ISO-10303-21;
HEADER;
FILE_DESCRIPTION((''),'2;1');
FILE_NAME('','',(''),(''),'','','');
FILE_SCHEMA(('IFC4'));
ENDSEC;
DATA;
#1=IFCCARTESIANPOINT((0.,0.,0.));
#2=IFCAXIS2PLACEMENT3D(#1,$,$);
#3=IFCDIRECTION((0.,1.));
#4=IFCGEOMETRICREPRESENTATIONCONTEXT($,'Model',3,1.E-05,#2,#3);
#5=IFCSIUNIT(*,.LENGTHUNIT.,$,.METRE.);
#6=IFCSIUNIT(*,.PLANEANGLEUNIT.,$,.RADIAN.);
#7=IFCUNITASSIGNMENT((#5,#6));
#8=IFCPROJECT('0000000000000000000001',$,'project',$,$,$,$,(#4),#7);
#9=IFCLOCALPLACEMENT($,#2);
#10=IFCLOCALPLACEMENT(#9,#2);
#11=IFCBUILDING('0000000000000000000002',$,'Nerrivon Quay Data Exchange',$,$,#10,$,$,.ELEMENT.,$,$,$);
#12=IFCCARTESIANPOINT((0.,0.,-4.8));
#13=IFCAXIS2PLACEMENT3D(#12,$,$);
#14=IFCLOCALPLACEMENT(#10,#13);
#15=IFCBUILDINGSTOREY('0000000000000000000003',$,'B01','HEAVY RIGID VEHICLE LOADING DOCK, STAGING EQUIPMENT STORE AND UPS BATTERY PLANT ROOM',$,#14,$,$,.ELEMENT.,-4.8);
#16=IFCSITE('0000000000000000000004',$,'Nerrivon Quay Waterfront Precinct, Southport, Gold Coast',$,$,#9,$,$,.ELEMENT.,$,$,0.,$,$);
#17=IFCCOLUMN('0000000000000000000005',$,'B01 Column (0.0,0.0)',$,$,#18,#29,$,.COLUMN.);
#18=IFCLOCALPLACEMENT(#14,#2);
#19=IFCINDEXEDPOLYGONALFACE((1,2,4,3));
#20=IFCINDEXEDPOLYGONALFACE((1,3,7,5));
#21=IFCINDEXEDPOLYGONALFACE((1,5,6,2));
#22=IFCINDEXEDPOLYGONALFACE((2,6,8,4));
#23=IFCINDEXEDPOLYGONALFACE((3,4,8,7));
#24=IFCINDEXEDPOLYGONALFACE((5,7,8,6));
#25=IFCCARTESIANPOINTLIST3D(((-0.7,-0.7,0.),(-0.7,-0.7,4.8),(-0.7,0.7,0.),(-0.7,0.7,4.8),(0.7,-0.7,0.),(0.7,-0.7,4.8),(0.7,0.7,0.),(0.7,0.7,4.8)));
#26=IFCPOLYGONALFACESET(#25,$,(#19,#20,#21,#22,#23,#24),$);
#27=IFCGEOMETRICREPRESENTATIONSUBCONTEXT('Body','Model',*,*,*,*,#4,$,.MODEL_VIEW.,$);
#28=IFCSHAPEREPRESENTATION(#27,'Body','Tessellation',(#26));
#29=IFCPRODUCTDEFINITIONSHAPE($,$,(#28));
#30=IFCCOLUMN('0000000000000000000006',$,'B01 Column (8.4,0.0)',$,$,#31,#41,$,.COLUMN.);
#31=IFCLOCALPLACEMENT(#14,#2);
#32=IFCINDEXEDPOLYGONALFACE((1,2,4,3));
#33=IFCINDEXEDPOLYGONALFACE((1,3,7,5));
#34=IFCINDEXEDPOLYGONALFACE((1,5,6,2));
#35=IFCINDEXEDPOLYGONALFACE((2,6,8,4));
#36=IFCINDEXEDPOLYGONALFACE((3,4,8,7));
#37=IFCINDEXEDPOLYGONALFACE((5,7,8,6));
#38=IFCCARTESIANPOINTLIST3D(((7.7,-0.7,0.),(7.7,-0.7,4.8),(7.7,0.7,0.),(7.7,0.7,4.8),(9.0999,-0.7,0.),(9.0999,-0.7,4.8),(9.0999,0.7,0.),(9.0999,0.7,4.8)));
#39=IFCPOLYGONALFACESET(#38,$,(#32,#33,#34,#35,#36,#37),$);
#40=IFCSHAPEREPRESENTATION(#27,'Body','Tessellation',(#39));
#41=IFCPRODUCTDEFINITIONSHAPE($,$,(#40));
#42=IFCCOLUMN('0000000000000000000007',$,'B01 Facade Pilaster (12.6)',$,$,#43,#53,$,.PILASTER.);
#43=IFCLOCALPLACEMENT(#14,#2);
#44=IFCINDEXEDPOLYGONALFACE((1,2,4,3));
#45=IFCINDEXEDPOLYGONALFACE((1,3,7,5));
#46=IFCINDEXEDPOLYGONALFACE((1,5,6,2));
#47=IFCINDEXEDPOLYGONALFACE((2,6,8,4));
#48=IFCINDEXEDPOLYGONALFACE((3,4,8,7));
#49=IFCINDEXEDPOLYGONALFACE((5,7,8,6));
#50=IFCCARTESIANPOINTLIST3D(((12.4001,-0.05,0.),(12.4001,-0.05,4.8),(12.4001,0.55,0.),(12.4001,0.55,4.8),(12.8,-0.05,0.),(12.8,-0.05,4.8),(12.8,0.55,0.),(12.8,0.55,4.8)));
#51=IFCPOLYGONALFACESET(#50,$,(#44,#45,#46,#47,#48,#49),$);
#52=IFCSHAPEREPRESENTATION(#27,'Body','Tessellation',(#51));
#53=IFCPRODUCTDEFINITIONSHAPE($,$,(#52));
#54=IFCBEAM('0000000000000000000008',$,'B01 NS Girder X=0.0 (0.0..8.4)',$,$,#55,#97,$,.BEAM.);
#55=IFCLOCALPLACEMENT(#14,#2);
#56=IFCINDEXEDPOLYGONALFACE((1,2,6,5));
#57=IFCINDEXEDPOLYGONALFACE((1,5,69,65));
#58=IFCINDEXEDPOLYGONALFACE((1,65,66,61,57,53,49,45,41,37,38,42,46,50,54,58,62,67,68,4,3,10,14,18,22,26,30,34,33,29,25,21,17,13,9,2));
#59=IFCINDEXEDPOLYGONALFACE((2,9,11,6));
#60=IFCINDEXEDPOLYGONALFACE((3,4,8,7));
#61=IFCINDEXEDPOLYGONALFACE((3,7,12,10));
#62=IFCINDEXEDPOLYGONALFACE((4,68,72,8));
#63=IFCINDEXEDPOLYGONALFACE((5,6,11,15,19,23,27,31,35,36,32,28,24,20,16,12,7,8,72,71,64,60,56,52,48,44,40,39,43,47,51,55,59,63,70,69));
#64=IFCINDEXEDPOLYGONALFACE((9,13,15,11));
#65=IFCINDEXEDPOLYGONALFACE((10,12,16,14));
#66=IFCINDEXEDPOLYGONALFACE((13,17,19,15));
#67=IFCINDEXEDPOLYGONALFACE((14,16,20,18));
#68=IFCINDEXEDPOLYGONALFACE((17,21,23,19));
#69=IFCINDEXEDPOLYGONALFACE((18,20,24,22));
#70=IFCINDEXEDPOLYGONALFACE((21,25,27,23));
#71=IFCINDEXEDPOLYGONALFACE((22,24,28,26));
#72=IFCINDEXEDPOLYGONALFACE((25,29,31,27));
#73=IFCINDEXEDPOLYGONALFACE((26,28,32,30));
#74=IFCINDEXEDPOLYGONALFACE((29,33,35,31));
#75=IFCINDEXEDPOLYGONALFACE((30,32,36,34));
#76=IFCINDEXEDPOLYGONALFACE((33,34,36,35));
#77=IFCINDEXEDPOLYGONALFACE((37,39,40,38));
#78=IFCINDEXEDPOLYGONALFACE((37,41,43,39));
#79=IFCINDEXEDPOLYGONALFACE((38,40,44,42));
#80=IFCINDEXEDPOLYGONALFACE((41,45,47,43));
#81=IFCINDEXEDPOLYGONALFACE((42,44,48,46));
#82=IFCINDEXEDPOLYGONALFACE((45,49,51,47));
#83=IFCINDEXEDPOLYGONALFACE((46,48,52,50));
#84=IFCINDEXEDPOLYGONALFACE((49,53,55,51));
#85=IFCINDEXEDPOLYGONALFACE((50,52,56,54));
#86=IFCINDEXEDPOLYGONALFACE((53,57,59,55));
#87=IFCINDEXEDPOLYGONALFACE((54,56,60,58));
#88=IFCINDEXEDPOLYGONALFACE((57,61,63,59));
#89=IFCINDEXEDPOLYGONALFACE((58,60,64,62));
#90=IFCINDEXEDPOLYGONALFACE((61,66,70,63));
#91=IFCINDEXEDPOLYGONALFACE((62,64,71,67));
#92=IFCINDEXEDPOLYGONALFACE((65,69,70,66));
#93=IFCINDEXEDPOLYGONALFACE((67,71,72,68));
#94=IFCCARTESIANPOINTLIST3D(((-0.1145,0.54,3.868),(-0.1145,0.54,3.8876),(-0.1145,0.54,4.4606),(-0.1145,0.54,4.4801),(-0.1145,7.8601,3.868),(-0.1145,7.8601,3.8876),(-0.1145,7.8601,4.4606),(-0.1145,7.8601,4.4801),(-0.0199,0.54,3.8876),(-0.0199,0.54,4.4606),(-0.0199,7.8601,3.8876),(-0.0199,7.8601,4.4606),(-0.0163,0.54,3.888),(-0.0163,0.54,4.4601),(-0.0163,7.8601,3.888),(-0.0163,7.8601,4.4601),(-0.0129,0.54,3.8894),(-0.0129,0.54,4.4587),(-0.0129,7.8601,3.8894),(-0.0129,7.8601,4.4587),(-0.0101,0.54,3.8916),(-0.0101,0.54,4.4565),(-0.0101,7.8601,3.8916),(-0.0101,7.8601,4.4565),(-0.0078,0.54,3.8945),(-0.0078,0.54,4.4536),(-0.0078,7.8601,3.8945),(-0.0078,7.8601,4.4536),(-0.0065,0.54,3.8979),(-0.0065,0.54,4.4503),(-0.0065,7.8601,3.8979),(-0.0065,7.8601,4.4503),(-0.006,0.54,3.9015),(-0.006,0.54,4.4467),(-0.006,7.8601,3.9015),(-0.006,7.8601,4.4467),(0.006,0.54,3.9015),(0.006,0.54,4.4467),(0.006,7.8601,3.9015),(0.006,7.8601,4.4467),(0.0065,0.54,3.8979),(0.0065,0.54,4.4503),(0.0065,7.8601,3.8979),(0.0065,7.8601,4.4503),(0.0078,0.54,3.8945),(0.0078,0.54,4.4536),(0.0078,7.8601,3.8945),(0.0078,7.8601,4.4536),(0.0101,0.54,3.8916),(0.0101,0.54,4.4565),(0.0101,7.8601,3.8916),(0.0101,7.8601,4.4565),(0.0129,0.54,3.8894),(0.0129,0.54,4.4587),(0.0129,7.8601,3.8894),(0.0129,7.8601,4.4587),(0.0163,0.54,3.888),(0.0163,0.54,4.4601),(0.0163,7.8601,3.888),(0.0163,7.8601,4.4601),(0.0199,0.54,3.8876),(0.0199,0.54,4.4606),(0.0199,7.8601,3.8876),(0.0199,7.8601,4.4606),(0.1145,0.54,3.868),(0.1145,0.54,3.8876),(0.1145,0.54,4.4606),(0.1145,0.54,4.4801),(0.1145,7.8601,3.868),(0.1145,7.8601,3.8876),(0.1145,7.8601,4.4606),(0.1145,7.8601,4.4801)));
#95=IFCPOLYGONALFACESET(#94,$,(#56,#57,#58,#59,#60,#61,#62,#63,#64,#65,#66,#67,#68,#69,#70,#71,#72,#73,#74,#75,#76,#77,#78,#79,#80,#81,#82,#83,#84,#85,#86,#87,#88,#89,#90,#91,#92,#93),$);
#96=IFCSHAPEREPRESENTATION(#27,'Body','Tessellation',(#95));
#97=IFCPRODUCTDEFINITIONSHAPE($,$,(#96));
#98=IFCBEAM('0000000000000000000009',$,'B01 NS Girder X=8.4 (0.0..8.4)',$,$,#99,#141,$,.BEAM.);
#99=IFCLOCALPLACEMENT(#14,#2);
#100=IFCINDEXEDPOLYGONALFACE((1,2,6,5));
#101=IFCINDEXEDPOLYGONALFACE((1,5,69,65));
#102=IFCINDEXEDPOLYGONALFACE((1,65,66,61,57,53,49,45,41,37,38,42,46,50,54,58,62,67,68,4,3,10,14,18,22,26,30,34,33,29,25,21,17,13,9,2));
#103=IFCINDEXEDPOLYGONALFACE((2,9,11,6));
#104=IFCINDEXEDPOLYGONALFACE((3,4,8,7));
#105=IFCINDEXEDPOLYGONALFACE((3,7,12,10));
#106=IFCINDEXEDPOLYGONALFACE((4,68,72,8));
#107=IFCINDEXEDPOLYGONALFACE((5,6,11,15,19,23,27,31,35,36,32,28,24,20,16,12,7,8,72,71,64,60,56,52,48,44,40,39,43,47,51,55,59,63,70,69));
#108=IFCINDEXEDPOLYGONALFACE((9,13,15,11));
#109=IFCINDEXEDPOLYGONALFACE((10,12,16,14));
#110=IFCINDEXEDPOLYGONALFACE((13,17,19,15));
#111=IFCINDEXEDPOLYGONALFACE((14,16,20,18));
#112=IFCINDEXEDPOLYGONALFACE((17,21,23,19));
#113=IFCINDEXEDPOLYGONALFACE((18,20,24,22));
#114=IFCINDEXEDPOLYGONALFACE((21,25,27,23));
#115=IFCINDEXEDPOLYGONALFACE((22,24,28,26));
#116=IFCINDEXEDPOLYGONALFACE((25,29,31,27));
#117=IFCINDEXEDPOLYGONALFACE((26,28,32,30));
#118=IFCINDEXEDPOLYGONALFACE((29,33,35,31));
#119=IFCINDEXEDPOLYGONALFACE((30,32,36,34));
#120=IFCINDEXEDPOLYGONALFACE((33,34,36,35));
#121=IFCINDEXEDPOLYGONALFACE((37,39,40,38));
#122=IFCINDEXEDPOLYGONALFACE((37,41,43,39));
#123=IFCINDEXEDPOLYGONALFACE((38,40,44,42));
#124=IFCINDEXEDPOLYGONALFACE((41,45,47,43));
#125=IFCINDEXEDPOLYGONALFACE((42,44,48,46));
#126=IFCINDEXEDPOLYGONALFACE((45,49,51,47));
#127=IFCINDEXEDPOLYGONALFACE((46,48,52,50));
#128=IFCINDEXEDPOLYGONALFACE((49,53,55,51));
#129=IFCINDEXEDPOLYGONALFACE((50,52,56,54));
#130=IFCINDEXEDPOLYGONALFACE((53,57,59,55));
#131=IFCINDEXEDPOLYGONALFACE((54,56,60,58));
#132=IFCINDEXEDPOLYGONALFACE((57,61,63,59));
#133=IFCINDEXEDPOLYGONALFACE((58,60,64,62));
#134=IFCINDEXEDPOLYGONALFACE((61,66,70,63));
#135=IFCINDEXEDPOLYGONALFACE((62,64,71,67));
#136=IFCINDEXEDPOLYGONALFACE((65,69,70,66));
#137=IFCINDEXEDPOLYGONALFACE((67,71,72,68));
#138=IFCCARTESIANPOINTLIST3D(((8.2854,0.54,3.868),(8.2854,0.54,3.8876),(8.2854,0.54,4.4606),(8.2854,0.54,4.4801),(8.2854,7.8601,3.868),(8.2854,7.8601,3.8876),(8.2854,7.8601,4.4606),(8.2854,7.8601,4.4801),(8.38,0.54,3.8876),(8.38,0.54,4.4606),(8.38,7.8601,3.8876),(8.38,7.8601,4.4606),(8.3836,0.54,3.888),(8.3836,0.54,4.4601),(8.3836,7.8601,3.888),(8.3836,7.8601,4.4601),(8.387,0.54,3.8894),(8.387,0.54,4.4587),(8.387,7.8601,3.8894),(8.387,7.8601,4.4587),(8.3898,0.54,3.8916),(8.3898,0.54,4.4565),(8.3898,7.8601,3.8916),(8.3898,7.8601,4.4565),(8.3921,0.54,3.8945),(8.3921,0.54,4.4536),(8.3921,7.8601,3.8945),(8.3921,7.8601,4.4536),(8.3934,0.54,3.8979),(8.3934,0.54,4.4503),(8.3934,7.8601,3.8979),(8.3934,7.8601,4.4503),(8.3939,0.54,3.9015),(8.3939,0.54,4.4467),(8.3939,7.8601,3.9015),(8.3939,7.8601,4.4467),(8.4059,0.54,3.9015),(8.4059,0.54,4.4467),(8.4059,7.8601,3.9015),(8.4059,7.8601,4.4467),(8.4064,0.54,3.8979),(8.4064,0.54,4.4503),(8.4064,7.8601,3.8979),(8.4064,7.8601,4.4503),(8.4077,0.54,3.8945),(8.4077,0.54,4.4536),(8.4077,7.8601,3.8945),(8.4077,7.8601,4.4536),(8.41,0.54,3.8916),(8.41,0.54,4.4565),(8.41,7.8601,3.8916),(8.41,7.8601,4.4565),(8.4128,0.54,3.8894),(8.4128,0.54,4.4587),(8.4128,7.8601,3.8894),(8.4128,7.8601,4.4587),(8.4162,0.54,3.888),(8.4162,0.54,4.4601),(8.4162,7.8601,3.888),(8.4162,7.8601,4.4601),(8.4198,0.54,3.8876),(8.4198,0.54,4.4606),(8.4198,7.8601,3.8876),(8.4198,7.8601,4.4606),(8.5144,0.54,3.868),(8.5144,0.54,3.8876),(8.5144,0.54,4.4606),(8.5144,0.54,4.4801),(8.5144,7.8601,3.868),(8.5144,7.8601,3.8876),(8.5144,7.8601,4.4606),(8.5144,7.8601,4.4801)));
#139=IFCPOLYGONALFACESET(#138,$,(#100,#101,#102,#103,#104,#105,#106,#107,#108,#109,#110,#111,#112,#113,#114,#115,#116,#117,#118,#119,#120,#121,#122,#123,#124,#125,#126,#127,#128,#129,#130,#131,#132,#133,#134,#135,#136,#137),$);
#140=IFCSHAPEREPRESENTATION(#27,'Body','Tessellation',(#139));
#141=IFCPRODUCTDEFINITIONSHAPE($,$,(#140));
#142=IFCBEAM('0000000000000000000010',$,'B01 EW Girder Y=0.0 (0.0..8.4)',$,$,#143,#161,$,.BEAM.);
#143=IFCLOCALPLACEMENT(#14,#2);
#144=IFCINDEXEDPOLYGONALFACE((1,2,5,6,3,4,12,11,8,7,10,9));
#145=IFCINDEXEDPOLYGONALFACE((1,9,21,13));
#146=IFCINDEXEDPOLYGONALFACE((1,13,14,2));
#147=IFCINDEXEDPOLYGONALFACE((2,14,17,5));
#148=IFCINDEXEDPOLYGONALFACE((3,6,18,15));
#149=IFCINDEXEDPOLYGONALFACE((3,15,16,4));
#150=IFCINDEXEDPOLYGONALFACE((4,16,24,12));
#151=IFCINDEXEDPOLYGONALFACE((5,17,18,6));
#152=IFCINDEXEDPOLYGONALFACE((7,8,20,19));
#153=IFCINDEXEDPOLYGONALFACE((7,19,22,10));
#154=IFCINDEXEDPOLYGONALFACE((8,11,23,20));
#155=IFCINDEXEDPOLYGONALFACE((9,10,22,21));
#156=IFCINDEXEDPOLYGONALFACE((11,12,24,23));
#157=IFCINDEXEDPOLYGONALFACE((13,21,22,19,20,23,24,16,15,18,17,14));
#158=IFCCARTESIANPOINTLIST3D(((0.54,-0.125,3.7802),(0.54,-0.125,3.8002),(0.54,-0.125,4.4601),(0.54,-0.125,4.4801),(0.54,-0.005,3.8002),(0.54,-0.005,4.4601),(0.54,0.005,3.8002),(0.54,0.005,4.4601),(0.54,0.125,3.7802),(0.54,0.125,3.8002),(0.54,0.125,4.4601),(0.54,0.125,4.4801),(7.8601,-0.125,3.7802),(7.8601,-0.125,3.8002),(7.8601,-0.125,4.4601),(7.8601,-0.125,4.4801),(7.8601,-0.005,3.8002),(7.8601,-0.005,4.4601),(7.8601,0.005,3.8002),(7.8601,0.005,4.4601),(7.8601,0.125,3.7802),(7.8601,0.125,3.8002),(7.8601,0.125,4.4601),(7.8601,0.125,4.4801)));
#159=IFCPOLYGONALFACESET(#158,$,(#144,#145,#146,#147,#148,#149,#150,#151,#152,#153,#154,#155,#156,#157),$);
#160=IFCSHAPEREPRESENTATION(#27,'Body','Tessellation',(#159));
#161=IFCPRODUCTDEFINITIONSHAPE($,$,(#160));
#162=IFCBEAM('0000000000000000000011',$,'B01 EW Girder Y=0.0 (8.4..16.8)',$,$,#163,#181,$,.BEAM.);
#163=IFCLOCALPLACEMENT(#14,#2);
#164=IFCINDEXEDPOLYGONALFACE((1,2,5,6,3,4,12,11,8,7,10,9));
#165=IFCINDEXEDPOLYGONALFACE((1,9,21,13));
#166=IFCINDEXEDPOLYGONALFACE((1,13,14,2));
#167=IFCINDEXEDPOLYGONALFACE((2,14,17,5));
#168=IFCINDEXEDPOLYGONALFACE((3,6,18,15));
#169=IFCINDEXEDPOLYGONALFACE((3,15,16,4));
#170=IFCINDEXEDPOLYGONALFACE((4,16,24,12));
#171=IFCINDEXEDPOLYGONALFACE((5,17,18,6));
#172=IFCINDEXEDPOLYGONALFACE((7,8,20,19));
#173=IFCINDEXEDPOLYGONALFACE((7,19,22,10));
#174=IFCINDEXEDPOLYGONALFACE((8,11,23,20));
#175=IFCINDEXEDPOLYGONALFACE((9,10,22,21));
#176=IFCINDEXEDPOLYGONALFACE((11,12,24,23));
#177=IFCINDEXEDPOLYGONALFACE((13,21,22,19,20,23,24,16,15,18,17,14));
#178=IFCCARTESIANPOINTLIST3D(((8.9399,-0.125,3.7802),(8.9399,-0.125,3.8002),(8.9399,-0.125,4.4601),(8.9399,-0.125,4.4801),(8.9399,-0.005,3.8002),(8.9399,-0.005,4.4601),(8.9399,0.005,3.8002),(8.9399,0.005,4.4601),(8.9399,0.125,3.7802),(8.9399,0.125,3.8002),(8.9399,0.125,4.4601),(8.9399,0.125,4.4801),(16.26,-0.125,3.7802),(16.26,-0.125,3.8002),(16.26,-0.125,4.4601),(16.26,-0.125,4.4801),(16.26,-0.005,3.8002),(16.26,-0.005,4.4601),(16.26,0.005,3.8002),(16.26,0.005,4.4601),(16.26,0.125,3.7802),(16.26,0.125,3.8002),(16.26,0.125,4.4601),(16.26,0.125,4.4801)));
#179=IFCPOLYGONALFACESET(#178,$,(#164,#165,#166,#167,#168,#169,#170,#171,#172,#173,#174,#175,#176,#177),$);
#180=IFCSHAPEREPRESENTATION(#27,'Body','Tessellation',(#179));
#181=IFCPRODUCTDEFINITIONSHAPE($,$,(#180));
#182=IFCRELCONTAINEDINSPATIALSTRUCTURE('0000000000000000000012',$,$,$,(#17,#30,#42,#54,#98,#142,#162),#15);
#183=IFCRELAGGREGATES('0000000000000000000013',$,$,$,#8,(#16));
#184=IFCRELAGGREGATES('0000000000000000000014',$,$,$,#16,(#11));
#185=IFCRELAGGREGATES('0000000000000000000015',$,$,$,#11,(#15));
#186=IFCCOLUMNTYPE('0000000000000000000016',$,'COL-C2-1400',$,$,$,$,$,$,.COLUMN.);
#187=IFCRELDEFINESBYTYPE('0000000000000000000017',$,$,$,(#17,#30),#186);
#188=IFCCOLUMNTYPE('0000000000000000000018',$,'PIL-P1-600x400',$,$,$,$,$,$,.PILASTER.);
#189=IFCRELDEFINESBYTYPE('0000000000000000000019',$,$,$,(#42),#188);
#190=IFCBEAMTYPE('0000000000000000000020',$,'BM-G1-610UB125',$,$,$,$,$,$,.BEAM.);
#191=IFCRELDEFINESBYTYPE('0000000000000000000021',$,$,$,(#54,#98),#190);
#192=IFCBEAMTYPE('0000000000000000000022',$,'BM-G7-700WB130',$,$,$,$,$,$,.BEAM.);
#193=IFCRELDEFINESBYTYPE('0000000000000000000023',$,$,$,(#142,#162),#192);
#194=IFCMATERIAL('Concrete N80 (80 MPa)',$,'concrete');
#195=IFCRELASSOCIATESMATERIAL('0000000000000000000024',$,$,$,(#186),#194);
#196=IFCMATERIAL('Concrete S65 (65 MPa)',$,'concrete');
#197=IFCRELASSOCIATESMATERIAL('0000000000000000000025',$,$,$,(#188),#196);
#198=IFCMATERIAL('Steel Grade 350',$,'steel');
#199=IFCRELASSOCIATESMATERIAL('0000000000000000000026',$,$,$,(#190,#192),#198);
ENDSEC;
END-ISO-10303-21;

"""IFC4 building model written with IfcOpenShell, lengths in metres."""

from ifc_helpers import new_model, si_unit, direction, frame, origin, origin_2d, place, context, subcontext, project, spatial, rectangle, i_section, extrude, material, material_profile, profile_set, type_object, element, save


model = new_model("IFC4")

# Units and contexts
model_context = context("Model", 3, precision=1e-05, world=origin(), true_north=direction((0.0, 1.0)))
body_context = subcontext(model_context, "Body", "Model", "MODEL_VIEW")
ifc_project = project(units=[si_unit("LENGTHUNIT", "METRE"), si_unit("PLANEANGLEUNIT", "RADIAN")], contexts=[model_context])

# Site, building, storey
site_placement = place(None, origin())
site = spatial("IfcSite", under=ifc_project, at=site_placement, Name="Nerrivon Quay Waterfront Precinct, Southport, Gold Coast", CompositionType="ELEMENT", RefElevation=0.0)
building_placement = place(site_placement, origin())
building = spatial("IfcBuilding", under=site, at=building_placement, Name="Nerrivon Quay Data Exchange", CompositionType="ELEMENT")
storey_placement = place(building_placement, frame((0.0, 0.0, -4.8)))
storey = spatial("IfcBuildingStorey", under=building, at=storey_placement, Name="B01", Description="HEAVY RIGID VEHICLE LOADING DOCK, STAGING EQUIPMENT STORE AND UPS BATTERY PLANT ROOM", CompositionType="ELEMENT", Elevation=-4.8)

# Columns
ifc_material_1 = material(Name="Concrete N80 (80 MPa)", Category="concrete")
ifc_material_profile_1 = material_profile(ifc_material_1, rectangle(XDim=1.3999, YDim=1.3999, at=origin_2d()), Name="RC-COL-1400x1400")
ifc_profile_set_1 = profile_set([ifc_material_profile_1], Name="Concrete N80 (80 MPa)")
column_type_1 = type_object("IfcColumnType", Name="COL-C2-1400", PredefinedType="COLUMN", material=ifc_profile_set_1)
for number, where, z_axis, x_axis, name in (
    (1, (0.0, 0.0, 0.0), (0.0, 0.0, 1.0), (1.0, 0.0, 0.0), "B01 Column (0.0,0.0)"),
    (2, (8.3999, 0.0, 0.0), (0.0, 0.0, 1.0), (1.0, 0.0, 0.0), "B01 Column (8.4,0.0)"),
):
    element("IfcColumn", number, at=place(storey_placement, frame(where, z_axis=z_axis, x_axis=x_axis)), inside=storey, type_object=column_type_1, Name=name, PredefinedType="COLUMN", context=body_context, shape_type="SweptSolid", body=[
        extrude(rectangle(XDim=1.3999, YDim=1.3999, at=origin_2d()), origin(), (0.0, 0.0, 1.0), 4.8),
    ])
ifc_material_2 = material(Name="Concrete S65 (65 MPa)", Category="concrete")
ifc_material_profile_2 = material_profile(ifc_material_2, rectangle(XDim=0.3999, YDim=0.6001, at=origin_2d()), Name="RC-PIL-600x400")
ifc_profile_set_2 = profile_set([ifc_material_profile_2], Name="Concrete S65 (65 MPa)")
column_type_2 = type_object("IfcColumnType", Name="PIL-P1-600x400", PredefinedType="PILASTER", material=ifc_profile_set_2)
column_placement = place(storey_placement, frame((12.6001, 0.25, 0.0), z_axis=(0.0, 0.0, 1.0), x_axis=(1.0, 0.0, 0.0)))
element("IfcColumn", 3, at=column_placement, inside=storey, type_object=column_type_2, Name="B01 Facade Pilaster (12.6)", PredefinedType="PILASTER", context=body_context, shape_type="SweptSolid", body=[
    extrude(rectangle(XDim=0.3999, YDim=0.6001, at=origin_2d()), origin(), (0.0, 0.0, 1.0), 4.8),
])

# Beams
ifc_material_3 = material(Name="Steel Grade 350", Category="steel")
ifc_material_profile_3 = material_profile(ifc_material_3, i_section(OverallWidth=0.229, OverallDepth=0.6121, WebThickness=0.012, FlangeThickness=0.0195, FilletRadius=0.0139, at=origin_2d()), Name="610UB125")
ifc_profile_set_3 = profile_set([ifc_material_profile_3], Name="Steel Grade 350")
beam_type_1 = type_object("IfcBeamType", Name="BM-G1-610UB125", PredefinedType="BEAM", material=ifc_profile_set_3)
for number, where, z_axis, x_axis, name in (
    (4, (0.0, 0.54, 4.1741), (0.0, 1.0, 0.0), (-1.0, 0.0, 0.0), "B01 NS Girder X=0.0 (0.0..8.4)"),
    (5, (8.3999, 0.54, 4.1741), (0.0, 1.0, 0.0), (-1.0, 0.0, 0.0), "B01 NS Girder X=8.4 (0.0..8.4)"),
):
    element("IfcBeam", number, at=place(storey_placement, frame(where, z_axis=z_axis, x_axis=x_axis)), inside=storey, type_object=beam_type_1, Name=name, PredefinedType="BEAM", context=body_context, shape_type="SweptSolid", body=[
        extrude(i_section(OverallWidth=0.229, OverallDepth=0.6121, WebThickness=0.012, FlangeThickness=0.0195, FilletRadius=0.0139, at=origin_2d()), origin(), (0.0, 0.0, 1.0), 7.3201),
    ])
ifc_material_profile_4 = material_profile(ifc_material_3, i_section(OverallWidth=0.25, OverallDepth=0.7, WebThickness=0.01, FlangeThickness=0.02, at=origin_2d()), Name="700WB130")
ifc_profile_set_4 = profile_set([ifc_material_profile_4], Name="Steel Grade 350")
beam_type_2 = type_object("IfcBeamType", Name="BM-G7-700WB130", PredefinedType="BEAM", material=ifc_profile_set_4)
for number, where, z_axis, x_axis, name in (
    (6, (0.54, 0.0, 4.1301), (1.0, 0.0, 0.0), (0.0, 1.0, 0.0), "B01 EW Girder Y=0.0 (0.0..8.4)"),
    (7, (8.9399, 0.0, 4.1301), (1.0, 0.0, 0.0), (0.0, 1.0, 0.0), "B01 EW Girder Y=0.0 (8.4..16.8)"),
):
    element("IfcBeam", number, at=place(storey_placement, frame(where, z_axis=z_axis, x_axis=x_axis)), inside=storey, type_object=beam_type_2, Name=name, PredefinedType="BEAM", context=body_context, shape_type="SweptSolid", body=[
        extrude(i_section(OverallWidth=0.25, OverallDepth=0.7, WebThickness=0.01, FlangeThickness=0.02, at=origin_2d()), origin(), (0.0, 0.0, 1.0), 7.3201),
    ])

save(model, "model.ifc")
